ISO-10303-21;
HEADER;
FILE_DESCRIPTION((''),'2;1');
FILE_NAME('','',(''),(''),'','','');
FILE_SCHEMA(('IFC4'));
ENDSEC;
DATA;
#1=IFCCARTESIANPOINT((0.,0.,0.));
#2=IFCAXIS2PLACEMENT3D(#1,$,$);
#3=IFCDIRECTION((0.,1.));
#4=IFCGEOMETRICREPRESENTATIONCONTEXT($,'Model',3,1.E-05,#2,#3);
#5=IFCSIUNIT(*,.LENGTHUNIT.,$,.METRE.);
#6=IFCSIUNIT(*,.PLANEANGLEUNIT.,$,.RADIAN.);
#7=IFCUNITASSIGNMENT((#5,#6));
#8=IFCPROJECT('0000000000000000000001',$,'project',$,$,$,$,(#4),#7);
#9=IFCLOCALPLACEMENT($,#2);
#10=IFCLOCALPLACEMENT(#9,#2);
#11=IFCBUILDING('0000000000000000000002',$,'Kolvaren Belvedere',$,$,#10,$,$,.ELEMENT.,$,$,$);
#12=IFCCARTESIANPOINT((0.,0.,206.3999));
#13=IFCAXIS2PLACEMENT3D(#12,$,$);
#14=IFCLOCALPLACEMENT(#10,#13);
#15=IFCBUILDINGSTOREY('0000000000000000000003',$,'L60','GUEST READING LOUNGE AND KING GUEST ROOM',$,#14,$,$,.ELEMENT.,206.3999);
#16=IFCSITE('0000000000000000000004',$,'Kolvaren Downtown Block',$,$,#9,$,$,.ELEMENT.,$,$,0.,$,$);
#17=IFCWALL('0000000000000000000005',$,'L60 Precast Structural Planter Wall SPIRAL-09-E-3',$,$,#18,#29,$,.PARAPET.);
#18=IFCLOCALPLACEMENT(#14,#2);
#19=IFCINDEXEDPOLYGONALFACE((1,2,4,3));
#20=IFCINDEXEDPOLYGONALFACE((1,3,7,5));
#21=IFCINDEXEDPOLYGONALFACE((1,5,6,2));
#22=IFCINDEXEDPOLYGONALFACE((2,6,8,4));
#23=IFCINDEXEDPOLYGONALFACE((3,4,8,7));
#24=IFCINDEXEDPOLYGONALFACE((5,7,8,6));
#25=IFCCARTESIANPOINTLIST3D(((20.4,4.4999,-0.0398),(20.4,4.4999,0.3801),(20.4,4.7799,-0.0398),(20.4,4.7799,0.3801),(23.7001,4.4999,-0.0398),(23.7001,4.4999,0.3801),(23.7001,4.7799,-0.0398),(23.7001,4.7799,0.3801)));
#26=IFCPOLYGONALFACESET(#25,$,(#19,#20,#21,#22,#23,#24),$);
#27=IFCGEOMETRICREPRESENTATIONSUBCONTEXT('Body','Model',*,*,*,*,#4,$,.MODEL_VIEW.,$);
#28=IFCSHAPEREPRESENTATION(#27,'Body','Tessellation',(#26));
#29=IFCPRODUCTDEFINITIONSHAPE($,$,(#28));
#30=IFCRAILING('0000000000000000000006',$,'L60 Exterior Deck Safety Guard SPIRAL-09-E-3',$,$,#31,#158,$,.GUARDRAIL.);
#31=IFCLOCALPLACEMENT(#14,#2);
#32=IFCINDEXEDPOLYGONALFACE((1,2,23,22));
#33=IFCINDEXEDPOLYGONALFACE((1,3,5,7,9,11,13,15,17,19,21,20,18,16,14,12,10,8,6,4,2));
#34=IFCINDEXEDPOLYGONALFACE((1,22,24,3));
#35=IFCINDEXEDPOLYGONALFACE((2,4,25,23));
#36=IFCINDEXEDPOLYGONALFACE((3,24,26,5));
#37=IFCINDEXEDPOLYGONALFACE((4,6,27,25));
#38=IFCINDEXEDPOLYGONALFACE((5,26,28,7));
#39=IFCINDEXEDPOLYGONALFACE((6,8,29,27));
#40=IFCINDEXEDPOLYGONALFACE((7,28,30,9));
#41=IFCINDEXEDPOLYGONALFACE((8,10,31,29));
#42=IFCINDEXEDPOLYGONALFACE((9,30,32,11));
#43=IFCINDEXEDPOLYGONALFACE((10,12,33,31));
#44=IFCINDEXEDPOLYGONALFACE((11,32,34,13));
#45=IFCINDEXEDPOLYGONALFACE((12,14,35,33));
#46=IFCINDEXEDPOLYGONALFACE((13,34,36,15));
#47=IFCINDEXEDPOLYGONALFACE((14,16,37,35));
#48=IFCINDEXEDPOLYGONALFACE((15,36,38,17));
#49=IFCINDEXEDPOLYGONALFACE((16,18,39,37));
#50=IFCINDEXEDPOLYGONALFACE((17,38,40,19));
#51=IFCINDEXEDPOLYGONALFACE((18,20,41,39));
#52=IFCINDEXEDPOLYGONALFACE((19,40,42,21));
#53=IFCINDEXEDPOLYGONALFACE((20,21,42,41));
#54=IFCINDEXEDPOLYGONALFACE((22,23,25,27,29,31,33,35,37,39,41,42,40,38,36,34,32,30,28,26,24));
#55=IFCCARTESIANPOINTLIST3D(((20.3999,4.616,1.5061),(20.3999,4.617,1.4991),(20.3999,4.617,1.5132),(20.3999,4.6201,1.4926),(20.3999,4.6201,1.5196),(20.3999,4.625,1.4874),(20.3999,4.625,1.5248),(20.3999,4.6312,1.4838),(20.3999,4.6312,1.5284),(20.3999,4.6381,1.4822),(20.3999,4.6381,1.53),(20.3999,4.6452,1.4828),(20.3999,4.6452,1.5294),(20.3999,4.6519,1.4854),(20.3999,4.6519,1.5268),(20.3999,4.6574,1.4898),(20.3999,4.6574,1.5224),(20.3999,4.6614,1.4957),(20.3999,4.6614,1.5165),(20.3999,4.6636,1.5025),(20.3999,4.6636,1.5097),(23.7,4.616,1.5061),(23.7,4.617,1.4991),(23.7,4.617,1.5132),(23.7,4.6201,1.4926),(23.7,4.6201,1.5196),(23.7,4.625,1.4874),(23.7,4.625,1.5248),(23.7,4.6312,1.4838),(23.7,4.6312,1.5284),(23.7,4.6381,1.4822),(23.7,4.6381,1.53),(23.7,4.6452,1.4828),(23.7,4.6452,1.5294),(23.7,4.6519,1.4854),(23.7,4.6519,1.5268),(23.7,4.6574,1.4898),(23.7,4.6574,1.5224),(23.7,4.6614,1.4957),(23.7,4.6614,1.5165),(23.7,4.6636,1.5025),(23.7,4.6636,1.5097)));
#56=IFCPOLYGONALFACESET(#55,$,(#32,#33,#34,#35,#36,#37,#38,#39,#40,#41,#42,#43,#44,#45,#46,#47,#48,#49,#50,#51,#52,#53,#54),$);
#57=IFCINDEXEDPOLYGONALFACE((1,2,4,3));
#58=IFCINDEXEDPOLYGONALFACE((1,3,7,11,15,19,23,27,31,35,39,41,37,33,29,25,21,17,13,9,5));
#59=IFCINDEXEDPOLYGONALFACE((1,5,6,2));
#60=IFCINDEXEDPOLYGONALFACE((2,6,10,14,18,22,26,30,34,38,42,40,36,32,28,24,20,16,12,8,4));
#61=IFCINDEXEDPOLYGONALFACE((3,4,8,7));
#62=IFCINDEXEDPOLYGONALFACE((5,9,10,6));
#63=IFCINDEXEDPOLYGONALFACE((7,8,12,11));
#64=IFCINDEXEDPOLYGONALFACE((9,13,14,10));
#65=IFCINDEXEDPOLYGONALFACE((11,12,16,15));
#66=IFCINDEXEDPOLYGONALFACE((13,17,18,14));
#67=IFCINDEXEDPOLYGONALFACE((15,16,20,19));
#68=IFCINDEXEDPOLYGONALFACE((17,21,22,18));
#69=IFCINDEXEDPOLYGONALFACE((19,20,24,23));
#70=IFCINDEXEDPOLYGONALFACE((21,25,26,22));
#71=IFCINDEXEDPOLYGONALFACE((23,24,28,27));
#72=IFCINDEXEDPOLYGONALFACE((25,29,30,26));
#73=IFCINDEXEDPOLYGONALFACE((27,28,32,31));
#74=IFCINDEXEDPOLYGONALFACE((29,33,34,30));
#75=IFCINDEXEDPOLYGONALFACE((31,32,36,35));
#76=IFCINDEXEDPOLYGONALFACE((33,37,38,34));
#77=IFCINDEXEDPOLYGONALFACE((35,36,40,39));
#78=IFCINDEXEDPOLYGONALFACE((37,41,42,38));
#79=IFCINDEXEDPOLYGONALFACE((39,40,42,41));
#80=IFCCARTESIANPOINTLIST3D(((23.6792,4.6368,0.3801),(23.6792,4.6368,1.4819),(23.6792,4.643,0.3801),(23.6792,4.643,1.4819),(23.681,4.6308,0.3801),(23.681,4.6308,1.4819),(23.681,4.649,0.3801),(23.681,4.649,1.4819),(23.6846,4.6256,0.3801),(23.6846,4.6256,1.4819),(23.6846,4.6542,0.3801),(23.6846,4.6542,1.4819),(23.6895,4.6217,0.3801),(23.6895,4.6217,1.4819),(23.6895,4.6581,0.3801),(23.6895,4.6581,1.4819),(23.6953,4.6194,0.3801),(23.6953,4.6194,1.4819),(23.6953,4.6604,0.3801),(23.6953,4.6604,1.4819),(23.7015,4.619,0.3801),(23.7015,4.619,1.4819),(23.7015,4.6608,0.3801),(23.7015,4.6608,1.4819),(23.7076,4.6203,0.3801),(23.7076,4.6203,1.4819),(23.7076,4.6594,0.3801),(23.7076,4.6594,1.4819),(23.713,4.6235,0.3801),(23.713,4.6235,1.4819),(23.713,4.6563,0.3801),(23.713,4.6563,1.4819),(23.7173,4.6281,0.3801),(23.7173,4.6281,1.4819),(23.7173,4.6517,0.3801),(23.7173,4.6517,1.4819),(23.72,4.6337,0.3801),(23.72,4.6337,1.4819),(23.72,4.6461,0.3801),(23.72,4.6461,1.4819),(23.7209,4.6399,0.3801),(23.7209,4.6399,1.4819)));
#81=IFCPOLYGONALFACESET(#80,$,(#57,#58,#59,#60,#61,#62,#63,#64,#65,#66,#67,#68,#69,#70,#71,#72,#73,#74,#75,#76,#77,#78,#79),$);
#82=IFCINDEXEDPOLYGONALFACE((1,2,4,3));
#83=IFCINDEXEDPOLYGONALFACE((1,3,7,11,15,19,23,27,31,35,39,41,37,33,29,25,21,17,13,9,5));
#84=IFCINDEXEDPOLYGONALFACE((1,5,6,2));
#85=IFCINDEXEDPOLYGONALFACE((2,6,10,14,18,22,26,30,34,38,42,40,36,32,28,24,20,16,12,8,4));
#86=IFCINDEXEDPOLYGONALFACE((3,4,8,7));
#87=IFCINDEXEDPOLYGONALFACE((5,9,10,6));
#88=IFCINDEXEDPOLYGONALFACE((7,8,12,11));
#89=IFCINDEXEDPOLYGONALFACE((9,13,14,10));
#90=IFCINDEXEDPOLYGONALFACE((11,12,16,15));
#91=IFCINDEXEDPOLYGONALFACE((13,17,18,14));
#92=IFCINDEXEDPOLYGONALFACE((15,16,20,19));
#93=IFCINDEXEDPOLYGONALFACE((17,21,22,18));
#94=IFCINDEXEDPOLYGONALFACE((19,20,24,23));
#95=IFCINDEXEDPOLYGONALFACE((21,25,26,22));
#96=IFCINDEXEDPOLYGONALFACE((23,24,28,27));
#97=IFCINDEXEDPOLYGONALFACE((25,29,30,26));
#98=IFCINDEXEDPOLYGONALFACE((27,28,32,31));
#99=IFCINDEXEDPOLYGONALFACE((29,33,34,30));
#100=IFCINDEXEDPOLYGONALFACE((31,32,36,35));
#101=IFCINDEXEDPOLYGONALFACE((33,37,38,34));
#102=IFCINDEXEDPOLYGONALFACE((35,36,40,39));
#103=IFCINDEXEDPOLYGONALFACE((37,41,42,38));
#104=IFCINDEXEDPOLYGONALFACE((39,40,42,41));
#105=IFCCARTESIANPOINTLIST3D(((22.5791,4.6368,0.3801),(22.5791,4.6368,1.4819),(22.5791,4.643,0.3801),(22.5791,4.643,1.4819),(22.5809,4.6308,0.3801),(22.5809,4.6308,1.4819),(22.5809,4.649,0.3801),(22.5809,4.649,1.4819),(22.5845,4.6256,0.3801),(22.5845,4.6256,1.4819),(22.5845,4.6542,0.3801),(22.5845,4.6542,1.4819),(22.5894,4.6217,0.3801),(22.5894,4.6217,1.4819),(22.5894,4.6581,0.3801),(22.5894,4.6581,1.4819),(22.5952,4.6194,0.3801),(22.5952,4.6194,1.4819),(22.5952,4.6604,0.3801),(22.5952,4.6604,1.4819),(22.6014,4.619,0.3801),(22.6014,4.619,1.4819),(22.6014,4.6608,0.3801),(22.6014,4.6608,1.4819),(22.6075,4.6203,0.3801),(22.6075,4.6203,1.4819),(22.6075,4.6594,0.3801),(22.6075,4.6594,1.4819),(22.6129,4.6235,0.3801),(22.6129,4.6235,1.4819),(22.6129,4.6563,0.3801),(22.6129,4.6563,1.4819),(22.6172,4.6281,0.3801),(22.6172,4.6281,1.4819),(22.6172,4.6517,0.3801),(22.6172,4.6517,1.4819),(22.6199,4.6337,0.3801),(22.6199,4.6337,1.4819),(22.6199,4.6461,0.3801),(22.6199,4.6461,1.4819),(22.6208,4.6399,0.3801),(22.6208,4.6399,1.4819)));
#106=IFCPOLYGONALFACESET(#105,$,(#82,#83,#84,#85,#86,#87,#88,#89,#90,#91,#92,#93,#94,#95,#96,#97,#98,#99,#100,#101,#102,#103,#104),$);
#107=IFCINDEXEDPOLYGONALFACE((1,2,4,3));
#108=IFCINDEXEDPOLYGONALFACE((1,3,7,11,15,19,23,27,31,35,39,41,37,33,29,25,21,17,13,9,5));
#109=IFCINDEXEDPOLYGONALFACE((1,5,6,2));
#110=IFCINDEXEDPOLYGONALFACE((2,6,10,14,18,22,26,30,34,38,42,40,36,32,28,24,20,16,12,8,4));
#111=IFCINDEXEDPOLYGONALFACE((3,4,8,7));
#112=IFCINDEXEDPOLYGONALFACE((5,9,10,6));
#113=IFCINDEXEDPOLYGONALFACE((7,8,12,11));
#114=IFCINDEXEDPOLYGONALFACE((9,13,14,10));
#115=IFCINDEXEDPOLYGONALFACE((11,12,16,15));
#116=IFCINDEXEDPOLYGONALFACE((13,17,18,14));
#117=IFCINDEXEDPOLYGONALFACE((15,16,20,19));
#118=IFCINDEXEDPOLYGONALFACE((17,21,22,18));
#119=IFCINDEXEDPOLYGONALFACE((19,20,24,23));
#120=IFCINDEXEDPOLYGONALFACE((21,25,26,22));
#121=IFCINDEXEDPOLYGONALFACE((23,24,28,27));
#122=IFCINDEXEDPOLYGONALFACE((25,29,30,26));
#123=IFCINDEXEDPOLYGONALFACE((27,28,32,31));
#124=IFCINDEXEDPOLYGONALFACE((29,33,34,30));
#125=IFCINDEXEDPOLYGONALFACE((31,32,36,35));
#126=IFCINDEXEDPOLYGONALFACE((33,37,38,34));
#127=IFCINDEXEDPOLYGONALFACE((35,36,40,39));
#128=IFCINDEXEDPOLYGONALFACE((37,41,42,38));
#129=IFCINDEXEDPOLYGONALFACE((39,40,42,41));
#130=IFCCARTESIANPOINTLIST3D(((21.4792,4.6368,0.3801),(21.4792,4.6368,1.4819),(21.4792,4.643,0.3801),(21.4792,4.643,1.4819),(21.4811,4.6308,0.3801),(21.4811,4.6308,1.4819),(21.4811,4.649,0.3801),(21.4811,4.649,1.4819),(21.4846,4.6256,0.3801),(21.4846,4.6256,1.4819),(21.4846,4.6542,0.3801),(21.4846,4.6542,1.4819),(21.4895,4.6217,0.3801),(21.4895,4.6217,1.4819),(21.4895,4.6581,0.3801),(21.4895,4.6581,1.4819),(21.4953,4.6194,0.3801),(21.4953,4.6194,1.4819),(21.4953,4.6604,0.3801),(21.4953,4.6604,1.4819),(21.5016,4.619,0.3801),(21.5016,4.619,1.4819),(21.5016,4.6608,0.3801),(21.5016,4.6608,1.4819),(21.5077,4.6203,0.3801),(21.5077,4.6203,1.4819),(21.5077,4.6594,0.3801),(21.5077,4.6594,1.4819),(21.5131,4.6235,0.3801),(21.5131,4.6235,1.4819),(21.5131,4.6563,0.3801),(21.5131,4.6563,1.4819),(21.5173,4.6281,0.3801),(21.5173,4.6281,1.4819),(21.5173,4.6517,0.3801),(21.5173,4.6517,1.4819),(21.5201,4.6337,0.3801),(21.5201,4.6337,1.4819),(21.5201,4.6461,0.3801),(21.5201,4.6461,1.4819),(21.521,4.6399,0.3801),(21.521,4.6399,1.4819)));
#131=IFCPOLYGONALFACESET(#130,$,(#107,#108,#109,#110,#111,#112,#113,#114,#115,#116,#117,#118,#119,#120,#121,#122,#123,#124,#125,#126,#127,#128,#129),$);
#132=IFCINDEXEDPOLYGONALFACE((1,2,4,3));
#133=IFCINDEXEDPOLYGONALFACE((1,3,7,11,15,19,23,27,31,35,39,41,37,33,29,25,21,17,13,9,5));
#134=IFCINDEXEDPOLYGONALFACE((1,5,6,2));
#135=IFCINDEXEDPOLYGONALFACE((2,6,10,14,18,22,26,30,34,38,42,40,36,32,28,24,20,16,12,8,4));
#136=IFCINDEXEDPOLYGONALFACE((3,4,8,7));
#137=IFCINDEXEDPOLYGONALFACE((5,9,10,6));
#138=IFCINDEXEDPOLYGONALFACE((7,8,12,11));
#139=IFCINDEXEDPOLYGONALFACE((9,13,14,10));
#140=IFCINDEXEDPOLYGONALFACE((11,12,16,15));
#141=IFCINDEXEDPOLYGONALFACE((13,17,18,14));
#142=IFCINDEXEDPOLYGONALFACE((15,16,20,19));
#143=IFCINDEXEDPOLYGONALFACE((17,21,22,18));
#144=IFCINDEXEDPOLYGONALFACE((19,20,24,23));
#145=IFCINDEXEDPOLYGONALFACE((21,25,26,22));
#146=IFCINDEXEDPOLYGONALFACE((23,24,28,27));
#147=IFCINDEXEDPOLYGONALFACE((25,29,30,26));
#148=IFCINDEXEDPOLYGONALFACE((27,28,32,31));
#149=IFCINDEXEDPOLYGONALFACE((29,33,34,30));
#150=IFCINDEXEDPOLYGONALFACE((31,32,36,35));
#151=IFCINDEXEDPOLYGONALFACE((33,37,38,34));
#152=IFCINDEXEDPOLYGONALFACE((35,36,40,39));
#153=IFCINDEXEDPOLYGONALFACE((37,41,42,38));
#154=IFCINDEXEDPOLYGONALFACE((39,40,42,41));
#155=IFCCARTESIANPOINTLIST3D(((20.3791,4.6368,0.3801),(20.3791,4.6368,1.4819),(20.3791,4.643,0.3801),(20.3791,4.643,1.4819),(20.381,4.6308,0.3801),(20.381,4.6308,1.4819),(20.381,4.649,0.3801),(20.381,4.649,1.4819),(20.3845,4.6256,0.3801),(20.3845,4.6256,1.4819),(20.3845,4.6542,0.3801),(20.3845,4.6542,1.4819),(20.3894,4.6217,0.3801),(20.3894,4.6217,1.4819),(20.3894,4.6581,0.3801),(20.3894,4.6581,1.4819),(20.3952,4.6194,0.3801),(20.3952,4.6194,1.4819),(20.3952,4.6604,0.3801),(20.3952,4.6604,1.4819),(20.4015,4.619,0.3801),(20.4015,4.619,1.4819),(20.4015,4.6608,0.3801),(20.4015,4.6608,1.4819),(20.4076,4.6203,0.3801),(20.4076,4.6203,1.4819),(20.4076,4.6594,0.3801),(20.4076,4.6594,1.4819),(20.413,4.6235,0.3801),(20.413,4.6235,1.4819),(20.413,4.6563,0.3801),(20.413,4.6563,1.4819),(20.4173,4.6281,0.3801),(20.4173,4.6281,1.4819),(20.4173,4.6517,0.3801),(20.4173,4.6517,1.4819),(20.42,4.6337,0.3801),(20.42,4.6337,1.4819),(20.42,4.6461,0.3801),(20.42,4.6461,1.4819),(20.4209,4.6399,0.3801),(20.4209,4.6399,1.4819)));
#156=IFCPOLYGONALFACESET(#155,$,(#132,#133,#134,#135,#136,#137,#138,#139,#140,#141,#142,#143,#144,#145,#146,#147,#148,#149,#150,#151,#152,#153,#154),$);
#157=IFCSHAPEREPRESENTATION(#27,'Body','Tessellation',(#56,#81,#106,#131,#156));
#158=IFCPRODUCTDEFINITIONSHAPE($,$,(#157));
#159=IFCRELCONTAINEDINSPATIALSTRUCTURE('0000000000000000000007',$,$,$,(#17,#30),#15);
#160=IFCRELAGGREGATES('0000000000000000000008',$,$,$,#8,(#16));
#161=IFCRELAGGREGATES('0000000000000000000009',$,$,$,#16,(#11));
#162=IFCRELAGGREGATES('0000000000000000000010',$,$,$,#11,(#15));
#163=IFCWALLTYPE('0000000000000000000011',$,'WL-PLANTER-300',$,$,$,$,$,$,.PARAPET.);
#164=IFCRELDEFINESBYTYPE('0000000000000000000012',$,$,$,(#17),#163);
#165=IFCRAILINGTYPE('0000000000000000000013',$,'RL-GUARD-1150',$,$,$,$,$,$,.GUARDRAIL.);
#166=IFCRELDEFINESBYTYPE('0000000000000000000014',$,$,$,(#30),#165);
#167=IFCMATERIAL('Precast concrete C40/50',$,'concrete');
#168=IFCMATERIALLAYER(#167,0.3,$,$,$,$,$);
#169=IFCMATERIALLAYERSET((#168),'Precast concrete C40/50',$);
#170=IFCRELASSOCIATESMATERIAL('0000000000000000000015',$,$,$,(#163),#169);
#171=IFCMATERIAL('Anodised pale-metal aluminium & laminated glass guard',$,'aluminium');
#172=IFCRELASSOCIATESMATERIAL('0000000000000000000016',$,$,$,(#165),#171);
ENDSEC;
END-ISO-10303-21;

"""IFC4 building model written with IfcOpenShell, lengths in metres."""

from ifc_helpers import new_model, si_unit, direction, frame, frame_2d, origin, origin_2d, place, context, subcontext, project, spatial, rectangle, circle, extrude, material, layer, layer_set, type_object, element, save


model = new_model("IFC4")

# Units and contexts
model_context = context("Model", 3, precision=1e-05, world=origin(), true_north=direction((0.0, 1.0)))
body_context = subcontext(model_context, "Body", "Model", "MODEL_VIEW")
ifc_project = project(units=[si_unit("LENGTHUNIT", "METRE"), si_unit("PLANEANGLEUNIT", "RADIAN")], contexts=[model_context])

# Site, building, storey
site_placement = place(None, origin())
site = spatial("IfcSite", under=ifc_project, at=site_placement, Name="Kolvaren Downtown Block", CompositionType="ELEMENT", RefElevation=0.0)
building_placement = place(site_placement, origin())
building = spatial("IfcBuilding", under=site, at=building_placement, Name="Kolvaren Belvedere", CompositionType="ELEMENT")
storey_placement = place(building_placement, frame((0.0, 0.0, 206.3999)))
storey = spatial("IfcBuildingStorey", under=building, at=storey_placement, Name="L60", Description="GUEST READING LOUNGE AND KING GUEST ROOM", CompositionType="ELEMENT", Elevation=206.3999)

# Wall
ifc_material_1 = material(Name="Precast concrete C40/50", Category="concrete")
ifc_layer_1 = layer(ifc_material_1, 0.3)
ifc_layer_set_1 = layer_set([ifc_layer_1], Name="Precast concrete C40/50")
wall_type_1 = type_object("IfcWallType", Name="WL-PLANTER-300", PredefinedType="PARAPET", material=ifc_layer_set_1)
wall_1_placement = place(storey_placement, frame((23.7, 4.6399, -0.0398), z_axis=(0.0, 0.0, 1.0), x_axis=(-1.0, 0.0, 0.0)))
element("IfcWall", 1, at=wall_1_placement, inside=storey, type_object=wall_type_1, Name="L60 Precast Structural Planter Wall SPIRAL-09-E-3", PredefinedType="PARAPET", context=body_context, shape_type="SweptSolid", body=[
    extrude(rectangle(XDim=3.3, YDim=0.28, at=frame_2d((1.6499, 0.0))), origin(), (0.0, 0.0, 1.0), 0.4199),
])

# Railing
ifc_material_2 = material(Name="Anodised pale-metal aluminium & laminated glass guard", Category="aluminium")
railing_type_1 = type_object("IfcRailingType", Name="RL-GUARD-1150", PredefinedType="GUARDRAIL", material=ifc_material_2)
railing_1_placement = place(storey_placement, frame((23.7, 4.6399, 0.3801)))
element("IfcRailing", 2, at=railing_1_placement, inside=storey, type_object=railing_type_1, Name="L60 Exterior Deck Safety Guard SPIRAL-09-E-3", PredefinedType="GUARDRAIL", context=body_context, shape_type="SweptSolid", body=[
    extrude(circle(Radius=0.0239, at=origin_2d()), frame((0.0, 0.0, 1.126), z_axis=(-1.0, 0.0, 0.0), x_axis=(0.0, -1.0, 0.0)), (0.0, 0.0, 1.0), 3.3),
    extrude(circle(Radius=0.021, at=origin_2d()), origin(), (0.0, 0.0, 1.0), 1.1018),
    extrude(circle(Radius=0.021, at=origin_2d()), frame((-1.1001, 0.0, 0.0)), (0.0, 0.0, 1.0), 1.1018),
    extrude(circle(Radius=0.021, at=origin_2d()), frame((-2.2, 0.0, 0.0)), (0.0, 0.0, 1.0), 1.1018),
    extrude(circle(Radius=0.021, at=origin_2d()), frame((-3.3, 0.0, 0.0)), (0.0, 0.0, 1.0), 1.1018),
])

save(model, "model.ifc")
